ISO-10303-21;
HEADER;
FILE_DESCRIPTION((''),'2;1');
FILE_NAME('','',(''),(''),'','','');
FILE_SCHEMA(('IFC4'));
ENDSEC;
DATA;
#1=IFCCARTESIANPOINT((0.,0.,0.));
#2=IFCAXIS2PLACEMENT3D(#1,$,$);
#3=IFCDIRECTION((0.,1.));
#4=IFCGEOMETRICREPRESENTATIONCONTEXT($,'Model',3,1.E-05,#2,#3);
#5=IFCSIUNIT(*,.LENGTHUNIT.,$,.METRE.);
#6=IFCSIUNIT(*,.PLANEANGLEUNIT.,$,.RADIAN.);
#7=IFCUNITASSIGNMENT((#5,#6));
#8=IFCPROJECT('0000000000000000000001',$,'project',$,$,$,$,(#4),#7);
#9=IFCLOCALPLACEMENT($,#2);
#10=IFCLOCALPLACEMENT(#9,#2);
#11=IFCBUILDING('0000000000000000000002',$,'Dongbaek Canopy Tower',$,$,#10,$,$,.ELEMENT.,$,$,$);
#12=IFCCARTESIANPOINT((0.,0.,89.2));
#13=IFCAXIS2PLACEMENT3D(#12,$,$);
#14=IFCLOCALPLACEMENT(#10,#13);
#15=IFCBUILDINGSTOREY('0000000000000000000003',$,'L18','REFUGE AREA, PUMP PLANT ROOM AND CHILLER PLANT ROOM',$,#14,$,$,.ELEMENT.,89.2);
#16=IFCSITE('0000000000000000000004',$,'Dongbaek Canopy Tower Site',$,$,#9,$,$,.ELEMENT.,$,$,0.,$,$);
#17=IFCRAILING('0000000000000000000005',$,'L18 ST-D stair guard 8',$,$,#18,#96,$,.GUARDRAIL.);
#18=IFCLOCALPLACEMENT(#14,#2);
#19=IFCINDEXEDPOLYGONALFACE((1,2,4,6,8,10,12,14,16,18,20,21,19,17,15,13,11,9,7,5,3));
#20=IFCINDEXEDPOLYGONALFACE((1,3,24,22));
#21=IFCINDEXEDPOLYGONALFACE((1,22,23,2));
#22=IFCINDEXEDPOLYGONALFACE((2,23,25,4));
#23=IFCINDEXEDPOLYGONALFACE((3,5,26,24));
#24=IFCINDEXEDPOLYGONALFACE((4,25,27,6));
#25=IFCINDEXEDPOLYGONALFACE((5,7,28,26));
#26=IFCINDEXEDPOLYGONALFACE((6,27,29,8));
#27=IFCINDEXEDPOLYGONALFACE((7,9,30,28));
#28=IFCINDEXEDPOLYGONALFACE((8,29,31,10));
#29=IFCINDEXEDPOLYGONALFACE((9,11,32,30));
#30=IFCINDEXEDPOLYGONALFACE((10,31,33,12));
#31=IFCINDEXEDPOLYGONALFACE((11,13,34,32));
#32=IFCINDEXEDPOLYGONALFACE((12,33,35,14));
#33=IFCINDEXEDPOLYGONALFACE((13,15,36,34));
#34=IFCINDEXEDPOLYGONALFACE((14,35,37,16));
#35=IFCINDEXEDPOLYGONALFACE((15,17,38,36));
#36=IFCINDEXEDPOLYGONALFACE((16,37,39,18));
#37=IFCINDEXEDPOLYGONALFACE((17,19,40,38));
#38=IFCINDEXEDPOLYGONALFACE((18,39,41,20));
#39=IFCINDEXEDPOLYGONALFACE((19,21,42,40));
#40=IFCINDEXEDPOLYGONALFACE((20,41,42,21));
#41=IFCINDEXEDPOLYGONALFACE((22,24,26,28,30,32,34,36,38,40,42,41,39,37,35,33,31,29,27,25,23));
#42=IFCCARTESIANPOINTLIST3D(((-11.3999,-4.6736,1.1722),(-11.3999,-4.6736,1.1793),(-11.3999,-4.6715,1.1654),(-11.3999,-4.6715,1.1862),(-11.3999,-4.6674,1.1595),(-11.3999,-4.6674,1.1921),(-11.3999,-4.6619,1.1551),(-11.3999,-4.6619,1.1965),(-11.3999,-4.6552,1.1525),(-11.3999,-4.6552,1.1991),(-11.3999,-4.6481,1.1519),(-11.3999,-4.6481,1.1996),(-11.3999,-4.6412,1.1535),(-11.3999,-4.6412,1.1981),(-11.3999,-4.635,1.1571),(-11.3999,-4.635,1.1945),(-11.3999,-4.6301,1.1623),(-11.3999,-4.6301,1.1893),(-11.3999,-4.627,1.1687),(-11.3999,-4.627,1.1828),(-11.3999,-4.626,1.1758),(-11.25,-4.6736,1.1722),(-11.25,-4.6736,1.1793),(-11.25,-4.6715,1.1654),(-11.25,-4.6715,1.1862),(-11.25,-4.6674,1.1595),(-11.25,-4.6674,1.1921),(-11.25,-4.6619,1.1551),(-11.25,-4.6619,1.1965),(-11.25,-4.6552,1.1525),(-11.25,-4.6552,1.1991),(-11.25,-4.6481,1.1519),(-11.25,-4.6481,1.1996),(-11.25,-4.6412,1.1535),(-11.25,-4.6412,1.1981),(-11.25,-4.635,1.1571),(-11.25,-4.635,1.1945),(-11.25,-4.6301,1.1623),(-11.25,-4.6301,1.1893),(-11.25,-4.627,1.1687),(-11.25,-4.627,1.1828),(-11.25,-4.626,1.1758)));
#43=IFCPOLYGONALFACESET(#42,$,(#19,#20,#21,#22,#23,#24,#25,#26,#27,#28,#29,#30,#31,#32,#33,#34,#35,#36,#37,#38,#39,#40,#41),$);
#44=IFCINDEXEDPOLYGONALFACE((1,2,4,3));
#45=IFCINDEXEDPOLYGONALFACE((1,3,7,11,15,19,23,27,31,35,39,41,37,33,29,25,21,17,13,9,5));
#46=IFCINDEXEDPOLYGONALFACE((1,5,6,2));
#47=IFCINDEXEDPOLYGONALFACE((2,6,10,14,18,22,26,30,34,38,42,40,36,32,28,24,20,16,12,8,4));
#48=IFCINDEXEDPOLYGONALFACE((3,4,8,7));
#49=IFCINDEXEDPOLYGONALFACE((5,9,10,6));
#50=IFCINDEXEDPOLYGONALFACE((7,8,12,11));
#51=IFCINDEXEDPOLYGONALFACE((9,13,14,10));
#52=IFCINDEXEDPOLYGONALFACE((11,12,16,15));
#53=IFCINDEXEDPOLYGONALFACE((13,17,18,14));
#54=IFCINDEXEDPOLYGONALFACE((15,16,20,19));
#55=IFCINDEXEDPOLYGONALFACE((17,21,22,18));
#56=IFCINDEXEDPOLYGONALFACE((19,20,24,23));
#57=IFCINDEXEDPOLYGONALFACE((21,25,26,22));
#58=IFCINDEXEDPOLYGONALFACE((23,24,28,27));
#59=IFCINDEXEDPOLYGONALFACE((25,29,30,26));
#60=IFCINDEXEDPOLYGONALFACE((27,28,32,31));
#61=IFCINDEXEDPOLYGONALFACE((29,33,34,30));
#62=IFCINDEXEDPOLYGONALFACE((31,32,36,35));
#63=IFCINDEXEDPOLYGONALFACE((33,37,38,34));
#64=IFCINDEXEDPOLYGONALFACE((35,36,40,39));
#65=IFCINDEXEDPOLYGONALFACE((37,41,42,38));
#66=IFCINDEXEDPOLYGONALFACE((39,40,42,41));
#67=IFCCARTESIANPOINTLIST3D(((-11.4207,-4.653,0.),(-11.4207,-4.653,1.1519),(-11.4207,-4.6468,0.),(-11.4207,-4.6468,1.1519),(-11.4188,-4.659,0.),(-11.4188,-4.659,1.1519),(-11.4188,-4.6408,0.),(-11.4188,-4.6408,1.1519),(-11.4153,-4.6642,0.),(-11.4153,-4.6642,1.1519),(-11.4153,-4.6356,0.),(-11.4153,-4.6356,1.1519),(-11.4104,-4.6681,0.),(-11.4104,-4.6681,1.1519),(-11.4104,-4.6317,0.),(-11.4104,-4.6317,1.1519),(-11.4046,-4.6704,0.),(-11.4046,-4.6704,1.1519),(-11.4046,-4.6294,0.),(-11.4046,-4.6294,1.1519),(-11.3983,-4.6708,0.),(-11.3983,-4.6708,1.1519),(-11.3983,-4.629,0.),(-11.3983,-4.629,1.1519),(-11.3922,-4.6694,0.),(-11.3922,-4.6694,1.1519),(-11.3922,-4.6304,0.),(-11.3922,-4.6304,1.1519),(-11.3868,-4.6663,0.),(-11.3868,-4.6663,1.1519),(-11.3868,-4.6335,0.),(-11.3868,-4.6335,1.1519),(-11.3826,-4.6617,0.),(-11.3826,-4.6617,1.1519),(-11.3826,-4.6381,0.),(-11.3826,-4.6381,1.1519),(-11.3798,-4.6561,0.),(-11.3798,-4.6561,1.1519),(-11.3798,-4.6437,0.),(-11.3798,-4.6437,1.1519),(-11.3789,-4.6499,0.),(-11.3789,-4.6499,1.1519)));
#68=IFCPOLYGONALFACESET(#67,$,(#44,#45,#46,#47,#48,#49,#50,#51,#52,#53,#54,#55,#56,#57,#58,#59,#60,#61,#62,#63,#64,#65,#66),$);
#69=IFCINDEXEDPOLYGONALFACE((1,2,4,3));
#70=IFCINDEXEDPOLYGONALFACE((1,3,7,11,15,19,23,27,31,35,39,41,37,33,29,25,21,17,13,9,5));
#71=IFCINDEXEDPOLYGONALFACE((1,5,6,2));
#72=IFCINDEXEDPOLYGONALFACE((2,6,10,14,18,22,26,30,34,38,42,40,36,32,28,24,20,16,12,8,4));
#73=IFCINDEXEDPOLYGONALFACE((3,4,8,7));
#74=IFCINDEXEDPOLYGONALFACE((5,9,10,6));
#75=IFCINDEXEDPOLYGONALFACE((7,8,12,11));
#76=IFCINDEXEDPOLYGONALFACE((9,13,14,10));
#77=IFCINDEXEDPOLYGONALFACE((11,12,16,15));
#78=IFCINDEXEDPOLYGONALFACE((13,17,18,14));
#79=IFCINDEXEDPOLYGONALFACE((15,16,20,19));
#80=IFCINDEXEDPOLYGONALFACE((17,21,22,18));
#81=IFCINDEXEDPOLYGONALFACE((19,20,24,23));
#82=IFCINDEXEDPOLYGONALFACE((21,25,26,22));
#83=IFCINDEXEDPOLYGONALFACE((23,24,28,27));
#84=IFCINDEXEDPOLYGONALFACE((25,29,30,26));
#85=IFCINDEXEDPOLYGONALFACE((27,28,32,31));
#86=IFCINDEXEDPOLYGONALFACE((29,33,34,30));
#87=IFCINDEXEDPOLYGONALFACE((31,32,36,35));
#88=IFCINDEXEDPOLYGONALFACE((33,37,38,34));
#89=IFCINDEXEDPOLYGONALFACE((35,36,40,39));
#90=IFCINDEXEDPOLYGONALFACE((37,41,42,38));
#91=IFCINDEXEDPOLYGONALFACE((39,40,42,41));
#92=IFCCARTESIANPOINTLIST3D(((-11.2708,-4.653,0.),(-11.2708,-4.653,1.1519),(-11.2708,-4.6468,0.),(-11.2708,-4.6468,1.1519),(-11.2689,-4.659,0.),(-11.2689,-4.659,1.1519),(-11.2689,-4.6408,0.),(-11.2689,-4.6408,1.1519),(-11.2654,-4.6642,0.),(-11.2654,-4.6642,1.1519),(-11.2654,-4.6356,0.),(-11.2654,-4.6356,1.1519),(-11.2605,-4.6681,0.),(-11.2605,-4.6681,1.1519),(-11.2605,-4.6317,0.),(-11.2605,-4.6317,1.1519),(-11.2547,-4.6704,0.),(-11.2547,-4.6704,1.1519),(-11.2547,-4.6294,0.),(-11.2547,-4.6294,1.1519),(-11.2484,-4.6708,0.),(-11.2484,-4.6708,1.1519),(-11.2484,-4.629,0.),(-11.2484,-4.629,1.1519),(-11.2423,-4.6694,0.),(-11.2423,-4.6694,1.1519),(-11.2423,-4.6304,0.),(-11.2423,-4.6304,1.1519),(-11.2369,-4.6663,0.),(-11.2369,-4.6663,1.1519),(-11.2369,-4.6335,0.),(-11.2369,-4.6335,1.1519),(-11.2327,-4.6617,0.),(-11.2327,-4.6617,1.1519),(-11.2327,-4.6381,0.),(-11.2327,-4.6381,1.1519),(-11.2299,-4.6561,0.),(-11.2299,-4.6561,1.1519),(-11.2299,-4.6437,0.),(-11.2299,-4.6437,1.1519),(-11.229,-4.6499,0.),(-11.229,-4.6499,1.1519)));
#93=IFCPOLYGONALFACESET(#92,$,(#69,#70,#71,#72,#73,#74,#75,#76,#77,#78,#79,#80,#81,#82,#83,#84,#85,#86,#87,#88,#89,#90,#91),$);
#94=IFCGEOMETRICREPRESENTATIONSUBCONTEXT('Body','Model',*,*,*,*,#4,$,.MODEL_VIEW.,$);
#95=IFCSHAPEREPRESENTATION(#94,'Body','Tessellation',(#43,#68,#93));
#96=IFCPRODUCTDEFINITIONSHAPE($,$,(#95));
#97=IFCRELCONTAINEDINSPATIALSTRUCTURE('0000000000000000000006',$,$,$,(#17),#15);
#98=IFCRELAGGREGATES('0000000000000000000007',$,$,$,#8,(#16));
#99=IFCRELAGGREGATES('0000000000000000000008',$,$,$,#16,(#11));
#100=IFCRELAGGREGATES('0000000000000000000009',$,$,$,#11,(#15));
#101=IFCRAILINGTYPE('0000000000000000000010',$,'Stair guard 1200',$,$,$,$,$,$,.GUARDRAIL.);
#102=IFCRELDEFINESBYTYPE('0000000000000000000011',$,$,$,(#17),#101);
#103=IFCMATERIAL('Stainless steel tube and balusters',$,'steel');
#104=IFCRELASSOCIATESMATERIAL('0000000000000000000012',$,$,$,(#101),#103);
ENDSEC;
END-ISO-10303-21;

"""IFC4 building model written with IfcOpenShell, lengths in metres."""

from ifc_helpers import new_model, si_unit, direction, frame, origin, origin_2d, place, context, subcontext, project, spatial, circle, extrude, material, type_object, element, save


model = new_model("IFC4")

# Units and contexts
model_context = context("Model", 3, precision=1e-05, world=origin(), true_north=direction((0.0, 1.0)))
body_context = subcontext(model_context, "Body", "Model", "MODEL_VIEW")
ifc_project = project(units=[si_unit("LENGTHUNIT", "METRE"), si_unit("PLANEANGLEUNIT", "RADIAN")], contexts=[model_context])

# Site, building, storey
site_placement = place(None, origin())
site = spatial("IfcSite", under=ifc_project, at=site_placement, Name="Dongbaek Canopy Tower Site", CompositionType="ELEMENT", RefElevation=0.0)
building_placement = place(site_placement, origin())
building = spatial("IfcBuilding", under=site, at=building_placement, Name="Dongbaek Canopy Tower", CompositionType="ELEMENT")
storey_placement = place(building_placement, frame((0.0, 0.0, 89.2)))
storey = spatial("IfcBuildingStorey", under=building, at=storey_placement, Name="L18", Description="REFUGE AREA, PUMP PLANT ROOM AND CHILLER PLANT ROOM", CompositionType="ELEMENT", Elevation=89.2)

# Railing
ifc_material_1 = material(Name="Stainless steel tube and balusters", Category="steel")
railing_type_1 = type_object("IfcRailingType", Name="Stair guard 1200", PredefinedType="GUARDRAIL", material=ifc_material_1)
railing_1_placement = place(storey_placement, frame((-11.3999, -4.6499, 0.0)))
element("IfcRailing", 1, at=railing_1_placement, inside=storey, type_object=railing_type_1, Name="L18 ST-D stair guard 8", PredefinedType="GUARDRAIL", context=body_context, shape_type="SweptSolid", body=[
    extrude(circle(Radius=0.0239, at=origin_2d()), frame((0.0, 0.0, 1.1758), z_axis=(1.0, 0.0, 0.0), x_axis=(0.0, 1.0, 0.0)), (0.0, 0.0, 1.0), 0.1499),
    extrude(circle(Radius=0.021, at=origin_2d()), origin(), (0.0, 0.0, 1.0), 1.1519),
    extrude(circle(Radius=0.021, at=origin_2d()), frame((0.1499, 0.0, 0.0)), (0.0, 0.0, 1.0), 1.1519),
])

save(model, "model.ifc")
